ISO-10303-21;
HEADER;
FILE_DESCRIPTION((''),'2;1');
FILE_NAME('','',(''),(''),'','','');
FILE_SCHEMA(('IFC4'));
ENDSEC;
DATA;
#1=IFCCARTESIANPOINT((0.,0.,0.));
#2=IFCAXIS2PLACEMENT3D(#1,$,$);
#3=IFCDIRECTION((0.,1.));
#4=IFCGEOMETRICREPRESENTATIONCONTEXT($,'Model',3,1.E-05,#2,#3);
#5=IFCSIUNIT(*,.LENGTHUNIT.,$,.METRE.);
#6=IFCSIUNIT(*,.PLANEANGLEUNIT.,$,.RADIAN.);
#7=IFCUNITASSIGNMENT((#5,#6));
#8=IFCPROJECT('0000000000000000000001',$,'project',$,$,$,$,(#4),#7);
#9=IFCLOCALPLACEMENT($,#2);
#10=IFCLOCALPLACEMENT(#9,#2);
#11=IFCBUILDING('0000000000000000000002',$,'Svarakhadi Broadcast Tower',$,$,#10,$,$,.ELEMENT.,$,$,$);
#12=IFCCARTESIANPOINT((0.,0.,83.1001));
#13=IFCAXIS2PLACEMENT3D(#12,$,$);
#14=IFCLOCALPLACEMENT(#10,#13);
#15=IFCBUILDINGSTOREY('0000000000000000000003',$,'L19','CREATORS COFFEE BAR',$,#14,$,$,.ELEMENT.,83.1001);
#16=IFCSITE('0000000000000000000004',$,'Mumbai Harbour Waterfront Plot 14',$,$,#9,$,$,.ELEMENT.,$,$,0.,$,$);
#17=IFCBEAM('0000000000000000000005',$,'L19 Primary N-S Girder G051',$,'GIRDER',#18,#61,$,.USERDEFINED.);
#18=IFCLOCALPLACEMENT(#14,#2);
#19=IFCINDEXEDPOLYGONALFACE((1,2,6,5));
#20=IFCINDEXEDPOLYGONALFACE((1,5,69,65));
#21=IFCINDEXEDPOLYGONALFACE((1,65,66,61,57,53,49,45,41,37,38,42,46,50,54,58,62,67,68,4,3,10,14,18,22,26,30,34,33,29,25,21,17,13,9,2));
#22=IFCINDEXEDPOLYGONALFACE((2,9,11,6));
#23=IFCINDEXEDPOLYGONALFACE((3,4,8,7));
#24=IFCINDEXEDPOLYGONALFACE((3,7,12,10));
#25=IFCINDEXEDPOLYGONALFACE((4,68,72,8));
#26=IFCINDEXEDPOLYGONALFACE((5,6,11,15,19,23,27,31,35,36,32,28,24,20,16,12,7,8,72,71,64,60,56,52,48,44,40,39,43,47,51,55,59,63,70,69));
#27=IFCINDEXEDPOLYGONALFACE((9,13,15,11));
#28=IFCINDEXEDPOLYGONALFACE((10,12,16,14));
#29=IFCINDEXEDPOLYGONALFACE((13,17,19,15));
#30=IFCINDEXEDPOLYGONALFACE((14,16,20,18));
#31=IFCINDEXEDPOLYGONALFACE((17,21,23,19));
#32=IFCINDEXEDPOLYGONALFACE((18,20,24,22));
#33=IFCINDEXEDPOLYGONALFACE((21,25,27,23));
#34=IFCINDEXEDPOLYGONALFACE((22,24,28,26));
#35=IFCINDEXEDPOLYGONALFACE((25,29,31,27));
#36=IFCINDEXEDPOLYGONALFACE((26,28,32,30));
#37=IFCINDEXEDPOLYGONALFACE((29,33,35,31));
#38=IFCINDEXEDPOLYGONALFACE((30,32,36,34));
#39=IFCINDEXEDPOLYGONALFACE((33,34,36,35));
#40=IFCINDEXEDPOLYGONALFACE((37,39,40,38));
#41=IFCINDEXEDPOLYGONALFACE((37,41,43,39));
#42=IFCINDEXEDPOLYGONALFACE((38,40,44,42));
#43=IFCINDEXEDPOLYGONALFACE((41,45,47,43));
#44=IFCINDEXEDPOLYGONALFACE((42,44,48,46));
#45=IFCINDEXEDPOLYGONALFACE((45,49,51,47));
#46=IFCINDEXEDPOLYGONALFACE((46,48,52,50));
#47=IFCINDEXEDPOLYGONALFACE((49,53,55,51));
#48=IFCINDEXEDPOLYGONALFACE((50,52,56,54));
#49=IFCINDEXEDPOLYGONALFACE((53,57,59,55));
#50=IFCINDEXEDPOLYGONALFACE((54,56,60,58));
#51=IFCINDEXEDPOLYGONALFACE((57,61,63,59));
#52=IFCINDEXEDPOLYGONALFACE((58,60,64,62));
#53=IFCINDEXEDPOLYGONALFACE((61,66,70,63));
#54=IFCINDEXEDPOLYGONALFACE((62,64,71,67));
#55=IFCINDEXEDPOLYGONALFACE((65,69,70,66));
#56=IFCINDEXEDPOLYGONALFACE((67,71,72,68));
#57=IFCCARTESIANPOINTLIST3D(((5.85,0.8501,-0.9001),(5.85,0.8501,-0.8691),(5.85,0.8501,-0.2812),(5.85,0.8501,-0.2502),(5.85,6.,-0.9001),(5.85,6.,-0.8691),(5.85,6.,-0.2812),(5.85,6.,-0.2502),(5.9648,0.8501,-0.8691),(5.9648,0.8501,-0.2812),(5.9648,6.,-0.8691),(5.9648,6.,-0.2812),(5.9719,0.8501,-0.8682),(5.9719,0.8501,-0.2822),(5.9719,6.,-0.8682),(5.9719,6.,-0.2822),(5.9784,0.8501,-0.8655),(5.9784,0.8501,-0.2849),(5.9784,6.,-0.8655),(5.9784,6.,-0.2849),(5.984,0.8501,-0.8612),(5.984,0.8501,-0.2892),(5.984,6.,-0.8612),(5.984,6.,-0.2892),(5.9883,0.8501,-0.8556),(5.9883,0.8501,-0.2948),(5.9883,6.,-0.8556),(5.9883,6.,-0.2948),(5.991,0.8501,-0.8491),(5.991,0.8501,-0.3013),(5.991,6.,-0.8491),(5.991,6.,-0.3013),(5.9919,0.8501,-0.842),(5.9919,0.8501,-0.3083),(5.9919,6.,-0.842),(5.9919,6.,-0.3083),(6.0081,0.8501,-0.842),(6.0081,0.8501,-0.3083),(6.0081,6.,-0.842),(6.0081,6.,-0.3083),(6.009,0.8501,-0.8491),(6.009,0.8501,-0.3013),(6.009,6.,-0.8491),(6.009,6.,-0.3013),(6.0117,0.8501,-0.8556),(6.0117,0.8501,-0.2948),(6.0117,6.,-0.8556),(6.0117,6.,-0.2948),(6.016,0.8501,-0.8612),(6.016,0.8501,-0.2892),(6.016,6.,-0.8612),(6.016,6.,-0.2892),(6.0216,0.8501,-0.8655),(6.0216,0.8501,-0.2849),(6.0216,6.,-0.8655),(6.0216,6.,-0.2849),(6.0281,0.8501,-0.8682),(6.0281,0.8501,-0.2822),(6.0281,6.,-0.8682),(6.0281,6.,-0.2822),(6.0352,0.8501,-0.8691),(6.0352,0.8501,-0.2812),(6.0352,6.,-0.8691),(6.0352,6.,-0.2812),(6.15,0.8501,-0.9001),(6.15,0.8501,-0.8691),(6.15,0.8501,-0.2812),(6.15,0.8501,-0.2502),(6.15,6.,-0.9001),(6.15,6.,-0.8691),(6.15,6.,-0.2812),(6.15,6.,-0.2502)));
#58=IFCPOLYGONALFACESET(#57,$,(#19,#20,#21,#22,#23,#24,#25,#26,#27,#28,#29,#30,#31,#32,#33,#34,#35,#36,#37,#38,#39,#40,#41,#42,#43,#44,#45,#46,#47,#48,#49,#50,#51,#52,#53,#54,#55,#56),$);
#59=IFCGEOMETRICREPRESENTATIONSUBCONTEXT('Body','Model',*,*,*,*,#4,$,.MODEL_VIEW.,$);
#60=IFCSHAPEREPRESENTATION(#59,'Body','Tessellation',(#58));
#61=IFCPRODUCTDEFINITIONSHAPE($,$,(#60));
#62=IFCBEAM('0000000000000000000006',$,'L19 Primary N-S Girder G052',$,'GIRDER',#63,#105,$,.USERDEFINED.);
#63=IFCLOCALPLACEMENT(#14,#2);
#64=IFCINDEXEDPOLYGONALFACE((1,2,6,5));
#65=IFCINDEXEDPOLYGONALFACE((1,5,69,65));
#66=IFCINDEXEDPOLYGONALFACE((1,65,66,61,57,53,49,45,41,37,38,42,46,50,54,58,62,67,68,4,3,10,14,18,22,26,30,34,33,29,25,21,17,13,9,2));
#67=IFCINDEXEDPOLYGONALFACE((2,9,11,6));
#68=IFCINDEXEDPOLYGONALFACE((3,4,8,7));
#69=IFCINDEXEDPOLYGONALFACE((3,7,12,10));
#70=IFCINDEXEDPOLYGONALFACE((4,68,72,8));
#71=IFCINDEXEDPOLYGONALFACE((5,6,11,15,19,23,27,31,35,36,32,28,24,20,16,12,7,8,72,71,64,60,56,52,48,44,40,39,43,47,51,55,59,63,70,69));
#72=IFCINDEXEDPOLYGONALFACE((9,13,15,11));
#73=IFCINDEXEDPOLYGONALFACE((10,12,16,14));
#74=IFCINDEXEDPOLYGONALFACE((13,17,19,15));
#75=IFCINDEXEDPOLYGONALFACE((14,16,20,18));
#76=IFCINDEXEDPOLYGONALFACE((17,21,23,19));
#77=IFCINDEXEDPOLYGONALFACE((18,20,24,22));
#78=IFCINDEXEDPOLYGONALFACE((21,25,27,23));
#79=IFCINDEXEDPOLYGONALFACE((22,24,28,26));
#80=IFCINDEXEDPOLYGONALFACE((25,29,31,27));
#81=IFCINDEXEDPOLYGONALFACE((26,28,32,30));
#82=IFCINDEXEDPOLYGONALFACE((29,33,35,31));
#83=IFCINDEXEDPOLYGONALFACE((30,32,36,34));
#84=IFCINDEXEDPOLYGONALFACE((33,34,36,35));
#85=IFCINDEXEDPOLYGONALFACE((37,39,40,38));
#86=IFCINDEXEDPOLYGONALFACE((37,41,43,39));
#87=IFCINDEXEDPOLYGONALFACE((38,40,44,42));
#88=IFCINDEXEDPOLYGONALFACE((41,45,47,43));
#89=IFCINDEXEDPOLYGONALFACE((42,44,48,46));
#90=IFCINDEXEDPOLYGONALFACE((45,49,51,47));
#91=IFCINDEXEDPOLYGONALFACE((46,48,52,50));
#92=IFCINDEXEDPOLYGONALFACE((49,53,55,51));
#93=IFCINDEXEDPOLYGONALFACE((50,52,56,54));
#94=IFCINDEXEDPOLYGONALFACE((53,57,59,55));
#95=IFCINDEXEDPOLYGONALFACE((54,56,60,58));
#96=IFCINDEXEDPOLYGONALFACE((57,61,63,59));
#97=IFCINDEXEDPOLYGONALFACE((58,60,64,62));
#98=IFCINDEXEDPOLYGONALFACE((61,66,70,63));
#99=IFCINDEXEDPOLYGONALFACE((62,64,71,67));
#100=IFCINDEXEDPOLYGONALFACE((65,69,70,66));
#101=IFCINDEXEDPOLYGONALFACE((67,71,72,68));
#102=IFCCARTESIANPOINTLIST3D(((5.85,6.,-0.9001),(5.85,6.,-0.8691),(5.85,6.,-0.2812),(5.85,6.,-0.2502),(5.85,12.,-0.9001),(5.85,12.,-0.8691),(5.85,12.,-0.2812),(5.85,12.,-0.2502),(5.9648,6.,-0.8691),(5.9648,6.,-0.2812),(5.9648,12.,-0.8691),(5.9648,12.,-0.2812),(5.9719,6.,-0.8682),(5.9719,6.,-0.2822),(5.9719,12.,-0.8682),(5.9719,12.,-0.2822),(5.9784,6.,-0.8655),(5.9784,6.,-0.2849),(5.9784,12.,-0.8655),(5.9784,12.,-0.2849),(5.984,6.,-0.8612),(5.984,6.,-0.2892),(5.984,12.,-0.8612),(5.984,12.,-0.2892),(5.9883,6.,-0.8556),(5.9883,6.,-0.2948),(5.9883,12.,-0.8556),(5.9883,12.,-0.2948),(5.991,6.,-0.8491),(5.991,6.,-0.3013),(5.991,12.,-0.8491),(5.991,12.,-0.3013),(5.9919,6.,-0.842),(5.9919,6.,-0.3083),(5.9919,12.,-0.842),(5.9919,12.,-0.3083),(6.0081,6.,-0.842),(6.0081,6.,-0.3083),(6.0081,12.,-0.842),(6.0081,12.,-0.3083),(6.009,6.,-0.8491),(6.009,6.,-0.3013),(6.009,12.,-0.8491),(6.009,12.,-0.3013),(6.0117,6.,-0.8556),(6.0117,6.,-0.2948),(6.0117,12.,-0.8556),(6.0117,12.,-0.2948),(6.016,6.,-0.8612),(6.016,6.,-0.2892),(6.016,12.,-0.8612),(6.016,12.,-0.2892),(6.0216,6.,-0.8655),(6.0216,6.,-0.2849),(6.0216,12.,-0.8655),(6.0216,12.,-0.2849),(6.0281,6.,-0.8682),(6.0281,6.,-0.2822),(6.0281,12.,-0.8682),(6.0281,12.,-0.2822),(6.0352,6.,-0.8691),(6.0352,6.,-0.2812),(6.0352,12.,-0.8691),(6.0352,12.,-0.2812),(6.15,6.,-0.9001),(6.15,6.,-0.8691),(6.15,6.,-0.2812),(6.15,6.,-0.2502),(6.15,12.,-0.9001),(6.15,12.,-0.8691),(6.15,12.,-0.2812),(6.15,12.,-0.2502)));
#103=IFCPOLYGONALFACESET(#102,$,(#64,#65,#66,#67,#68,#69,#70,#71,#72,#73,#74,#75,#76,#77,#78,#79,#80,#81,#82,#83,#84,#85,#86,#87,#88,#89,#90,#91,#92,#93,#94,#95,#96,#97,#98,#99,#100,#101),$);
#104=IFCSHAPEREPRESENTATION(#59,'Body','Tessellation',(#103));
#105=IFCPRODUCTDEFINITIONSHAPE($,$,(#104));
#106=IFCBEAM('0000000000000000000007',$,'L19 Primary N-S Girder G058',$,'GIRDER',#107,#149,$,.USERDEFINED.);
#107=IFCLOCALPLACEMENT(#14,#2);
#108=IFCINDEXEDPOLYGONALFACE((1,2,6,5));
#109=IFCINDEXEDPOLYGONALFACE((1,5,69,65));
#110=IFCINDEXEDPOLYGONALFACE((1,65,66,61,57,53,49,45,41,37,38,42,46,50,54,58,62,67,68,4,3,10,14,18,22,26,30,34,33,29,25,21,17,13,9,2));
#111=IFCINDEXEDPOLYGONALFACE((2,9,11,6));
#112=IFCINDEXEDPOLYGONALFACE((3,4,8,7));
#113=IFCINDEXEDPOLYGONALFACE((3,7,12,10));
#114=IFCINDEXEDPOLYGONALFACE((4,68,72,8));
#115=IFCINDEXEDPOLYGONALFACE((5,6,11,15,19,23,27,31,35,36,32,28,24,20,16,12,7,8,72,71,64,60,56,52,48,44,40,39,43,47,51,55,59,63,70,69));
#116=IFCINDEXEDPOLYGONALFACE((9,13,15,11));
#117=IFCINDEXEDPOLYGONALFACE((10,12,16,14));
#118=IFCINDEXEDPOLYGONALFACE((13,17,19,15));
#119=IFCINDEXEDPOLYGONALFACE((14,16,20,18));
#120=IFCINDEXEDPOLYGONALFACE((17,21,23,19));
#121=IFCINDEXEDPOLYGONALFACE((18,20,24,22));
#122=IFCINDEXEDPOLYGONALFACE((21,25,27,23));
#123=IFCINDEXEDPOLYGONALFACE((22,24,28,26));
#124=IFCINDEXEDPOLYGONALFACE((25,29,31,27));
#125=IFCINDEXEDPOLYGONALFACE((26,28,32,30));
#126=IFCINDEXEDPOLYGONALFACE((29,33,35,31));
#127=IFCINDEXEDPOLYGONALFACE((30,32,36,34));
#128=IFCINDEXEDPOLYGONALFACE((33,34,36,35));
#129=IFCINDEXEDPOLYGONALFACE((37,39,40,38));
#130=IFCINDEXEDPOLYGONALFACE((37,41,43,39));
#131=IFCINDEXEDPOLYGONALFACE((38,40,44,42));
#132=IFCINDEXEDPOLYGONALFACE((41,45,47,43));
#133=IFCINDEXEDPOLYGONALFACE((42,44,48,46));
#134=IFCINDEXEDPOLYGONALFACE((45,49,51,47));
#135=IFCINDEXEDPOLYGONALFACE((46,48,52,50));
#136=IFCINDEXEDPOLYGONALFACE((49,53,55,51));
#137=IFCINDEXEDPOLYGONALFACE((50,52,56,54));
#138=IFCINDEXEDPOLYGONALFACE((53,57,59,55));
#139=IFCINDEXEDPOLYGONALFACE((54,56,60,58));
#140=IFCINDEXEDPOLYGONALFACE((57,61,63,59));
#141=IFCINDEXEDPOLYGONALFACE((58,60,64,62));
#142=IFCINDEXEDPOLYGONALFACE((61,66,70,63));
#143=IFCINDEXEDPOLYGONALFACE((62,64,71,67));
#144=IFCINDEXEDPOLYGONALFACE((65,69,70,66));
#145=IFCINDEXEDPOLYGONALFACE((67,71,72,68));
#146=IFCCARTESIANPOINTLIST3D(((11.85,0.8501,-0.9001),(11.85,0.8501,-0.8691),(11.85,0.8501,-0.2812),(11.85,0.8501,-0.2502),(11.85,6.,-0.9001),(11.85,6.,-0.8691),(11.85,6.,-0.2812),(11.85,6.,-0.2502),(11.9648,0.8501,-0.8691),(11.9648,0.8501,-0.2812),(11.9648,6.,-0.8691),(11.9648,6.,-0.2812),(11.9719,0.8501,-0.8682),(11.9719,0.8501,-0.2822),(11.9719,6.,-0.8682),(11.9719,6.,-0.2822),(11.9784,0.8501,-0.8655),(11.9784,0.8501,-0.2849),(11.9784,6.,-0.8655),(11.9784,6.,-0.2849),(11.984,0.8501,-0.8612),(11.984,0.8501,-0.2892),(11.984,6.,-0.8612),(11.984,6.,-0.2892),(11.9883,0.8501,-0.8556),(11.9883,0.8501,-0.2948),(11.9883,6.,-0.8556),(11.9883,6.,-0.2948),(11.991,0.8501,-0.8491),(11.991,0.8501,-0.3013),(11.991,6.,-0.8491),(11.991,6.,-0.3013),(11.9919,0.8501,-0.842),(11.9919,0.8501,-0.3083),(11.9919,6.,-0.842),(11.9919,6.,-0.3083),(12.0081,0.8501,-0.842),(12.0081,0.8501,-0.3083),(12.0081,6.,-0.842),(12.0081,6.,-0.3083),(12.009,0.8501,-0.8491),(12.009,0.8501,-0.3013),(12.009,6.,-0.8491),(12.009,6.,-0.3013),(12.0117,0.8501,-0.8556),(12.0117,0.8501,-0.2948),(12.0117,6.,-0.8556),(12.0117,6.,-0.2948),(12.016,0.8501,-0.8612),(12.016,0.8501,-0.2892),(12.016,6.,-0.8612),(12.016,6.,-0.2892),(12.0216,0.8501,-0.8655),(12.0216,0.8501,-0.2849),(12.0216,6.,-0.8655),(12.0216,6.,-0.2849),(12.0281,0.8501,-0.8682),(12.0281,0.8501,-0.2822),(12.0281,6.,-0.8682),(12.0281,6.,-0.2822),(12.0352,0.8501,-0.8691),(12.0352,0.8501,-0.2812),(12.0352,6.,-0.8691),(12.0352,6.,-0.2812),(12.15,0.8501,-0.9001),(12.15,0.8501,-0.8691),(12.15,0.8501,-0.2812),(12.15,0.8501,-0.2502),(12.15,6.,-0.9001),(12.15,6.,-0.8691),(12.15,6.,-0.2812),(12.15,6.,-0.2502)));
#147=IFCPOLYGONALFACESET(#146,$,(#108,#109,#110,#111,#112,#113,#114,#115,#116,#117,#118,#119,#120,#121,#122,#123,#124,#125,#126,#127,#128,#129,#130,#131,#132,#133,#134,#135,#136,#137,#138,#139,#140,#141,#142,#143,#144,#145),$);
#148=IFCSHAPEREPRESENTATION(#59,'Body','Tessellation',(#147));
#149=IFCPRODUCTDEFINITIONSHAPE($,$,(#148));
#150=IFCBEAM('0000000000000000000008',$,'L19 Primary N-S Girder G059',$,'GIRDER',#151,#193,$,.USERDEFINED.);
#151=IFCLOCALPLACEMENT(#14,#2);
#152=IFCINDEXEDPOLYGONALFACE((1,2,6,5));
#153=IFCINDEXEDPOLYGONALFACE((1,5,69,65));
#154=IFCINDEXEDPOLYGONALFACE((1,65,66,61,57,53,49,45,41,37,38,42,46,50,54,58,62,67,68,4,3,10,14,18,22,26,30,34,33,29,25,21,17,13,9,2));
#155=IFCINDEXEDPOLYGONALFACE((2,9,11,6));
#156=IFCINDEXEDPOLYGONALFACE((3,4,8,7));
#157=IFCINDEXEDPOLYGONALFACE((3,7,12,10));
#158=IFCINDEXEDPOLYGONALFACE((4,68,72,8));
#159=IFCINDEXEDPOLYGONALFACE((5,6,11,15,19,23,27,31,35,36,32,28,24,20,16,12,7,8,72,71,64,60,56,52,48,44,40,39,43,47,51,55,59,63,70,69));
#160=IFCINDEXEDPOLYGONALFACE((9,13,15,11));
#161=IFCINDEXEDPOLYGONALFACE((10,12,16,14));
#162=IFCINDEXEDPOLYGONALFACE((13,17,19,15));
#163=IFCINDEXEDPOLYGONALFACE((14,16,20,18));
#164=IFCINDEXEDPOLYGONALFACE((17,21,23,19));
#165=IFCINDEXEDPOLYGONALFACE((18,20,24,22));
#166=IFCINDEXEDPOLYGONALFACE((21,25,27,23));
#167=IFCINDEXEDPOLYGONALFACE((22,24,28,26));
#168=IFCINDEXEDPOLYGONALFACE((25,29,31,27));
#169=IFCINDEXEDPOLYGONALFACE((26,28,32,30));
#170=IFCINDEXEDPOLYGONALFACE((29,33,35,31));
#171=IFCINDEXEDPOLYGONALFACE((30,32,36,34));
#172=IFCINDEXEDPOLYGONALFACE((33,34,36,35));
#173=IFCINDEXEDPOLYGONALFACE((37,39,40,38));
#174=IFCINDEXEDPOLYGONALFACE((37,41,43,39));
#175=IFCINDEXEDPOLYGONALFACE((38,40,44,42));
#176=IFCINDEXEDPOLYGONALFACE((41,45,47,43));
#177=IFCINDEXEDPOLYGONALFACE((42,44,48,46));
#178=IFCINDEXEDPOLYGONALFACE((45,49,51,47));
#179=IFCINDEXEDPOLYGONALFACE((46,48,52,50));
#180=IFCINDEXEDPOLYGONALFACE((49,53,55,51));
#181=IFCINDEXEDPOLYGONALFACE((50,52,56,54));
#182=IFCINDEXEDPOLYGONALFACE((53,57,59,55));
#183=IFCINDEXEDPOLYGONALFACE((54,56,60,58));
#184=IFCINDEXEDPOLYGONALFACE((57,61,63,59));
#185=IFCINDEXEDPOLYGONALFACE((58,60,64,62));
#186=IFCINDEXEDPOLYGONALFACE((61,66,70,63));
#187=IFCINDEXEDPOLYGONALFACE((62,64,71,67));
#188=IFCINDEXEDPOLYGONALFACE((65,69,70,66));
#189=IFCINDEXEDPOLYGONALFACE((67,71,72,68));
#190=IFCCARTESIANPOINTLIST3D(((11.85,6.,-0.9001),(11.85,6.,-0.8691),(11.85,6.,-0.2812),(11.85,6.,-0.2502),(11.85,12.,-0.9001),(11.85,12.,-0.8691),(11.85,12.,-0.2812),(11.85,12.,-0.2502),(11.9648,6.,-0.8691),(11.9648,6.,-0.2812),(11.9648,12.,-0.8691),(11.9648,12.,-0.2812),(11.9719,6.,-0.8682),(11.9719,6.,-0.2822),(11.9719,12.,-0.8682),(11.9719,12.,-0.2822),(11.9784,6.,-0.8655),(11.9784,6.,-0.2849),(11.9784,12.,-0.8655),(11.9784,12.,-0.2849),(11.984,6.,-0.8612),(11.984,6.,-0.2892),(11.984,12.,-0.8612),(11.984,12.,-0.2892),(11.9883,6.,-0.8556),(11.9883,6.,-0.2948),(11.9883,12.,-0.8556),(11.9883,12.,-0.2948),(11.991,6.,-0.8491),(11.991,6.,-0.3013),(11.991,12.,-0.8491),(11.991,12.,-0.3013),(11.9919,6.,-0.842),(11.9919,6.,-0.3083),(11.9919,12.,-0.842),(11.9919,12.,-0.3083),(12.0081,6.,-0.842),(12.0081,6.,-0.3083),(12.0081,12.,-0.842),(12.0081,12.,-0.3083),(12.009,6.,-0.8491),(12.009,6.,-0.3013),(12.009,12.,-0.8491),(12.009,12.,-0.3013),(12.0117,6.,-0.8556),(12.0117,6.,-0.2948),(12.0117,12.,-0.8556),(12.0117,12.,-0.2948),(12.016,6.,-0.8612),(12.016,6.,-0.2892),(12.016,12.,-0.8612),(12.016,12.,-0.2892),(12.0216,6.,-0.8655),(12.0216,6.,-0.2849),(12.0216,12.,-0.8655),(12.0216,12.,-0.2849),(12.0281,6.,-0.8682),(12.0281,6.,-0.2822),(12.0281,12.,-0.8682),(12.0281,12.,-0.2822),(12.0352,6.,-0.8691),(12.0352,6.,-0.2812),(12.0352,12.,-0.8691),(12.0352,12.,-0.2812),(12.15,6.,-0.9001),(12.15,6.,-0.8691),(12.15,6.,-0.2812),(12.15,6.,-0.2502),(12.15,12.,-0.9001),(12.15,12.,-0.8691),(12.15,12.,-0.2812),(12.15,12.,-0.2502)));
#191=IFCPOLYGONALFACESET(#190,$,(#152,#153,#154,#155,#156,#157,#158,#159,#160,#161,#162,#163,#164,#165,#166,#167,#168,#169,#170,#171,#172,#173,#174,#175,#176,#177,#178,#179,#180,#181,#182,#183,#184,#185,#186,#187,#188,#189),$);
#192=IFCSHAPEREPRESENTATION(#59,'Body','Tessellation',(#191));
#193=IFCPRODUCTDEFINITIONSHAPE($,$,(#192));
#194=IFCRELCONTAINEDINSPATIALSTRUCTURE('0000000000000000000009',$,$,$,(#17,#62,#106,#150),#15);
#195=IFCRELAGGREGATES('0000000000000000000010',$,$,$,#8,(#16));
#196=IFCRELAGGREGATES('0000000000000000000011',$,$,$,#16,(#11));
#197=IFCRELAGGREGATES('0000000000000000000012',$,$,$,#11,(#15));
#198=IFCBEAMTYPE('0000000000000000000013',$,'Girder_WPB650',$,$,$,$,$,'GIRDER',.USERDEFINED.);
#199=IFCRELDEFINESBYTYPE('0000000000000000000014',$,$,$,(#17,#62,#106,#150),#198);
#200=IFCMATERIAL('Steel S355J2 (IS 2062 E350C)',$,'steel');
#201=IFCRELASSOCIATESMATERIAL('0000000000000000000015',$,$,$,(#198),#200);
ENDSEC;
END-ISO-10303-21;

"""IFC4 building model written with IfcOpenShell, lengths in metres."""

from ifc_helpers import new_model, si_unit, direction, frame, origin, origin_2d, place, context, subcontext, project, spatial, i_section, extrude, material, material_profile, profile_set, type_object, element, save


model = new_model("IFC4")

# Units and contexts
model_context = context("Model", 3, precision=1e-05, world=origin(), true_north=direction((0.0, 1.0)))
body_context = subcontext(model_context, "Body", "Model", "MODEL_VIEW")
ifc_project = project(units=[si_unit("LENGTHUNIT", "METRE"), si_unit("PLANEANGLEUNIT", "RADIAN")], contexts=[model_context])

# Site, building, storey
site_placement = place(None, origin())
site = spatial("IfcSite", under=ifc_project, at=site_placement, Name="Mumbai Harbour Waterfront Plot 14", CompositionType="ELEMENT", RefElevation=0.0)
building_placement = place(site_placement, origin())
building = spatial("IfcBuilding", under=site, at=building_placement, Name="Svarakhadi Broadcast Tower", CompositionType="ELEMENT")
storey_placement = place(building_placement, frame((0.0, 0.0, 83.1001)))
storey = spatial("IfcBuildingStorey", under=building, at=storey_placement, Name="L19", Description="CREATORS COFFEE BAR", CompositionType="ELEMENT", Elevation=83.1001)

# Shared definitions
ifc_material_1 = material(Name="Steel S355J2 (IS 2062 E350C)", Category="steel")

# Beams
ifc_material_profile_1 = material_profile(ifc_material_1, i_section(OverallWidth=0.3, OverallDepth=0.6499, WebThickness=0.0161, FlangeThickness=0.031, FilletRadius=0.0271, at=origin_2d()), Name="WPB 650x300x225")
ifc_profile_set_1 = profile_set([ifc_material_profile_1], Name="Steel S355J2 (IS 2062 E350C)")
beam_type_1 = type_object("IfcBeamType", Name="Girder_WPB650", ElementType="GIRDER", PredefinedType="USERDEFINED", material=ifc_profile_set_1)
beam_1_placement = place(storey_placement, frame((6.0, 0.8501, -0.5752), z_axis=(0.0, 1.0, 0.0), x_axis=(-1.0, 0.0, 0.0)))
element("IfcBeam", 1, at=beam_1_placement, inside=storey, type_object=beam_type_1, Name="L19 Primary N-S Girder G051", ObjectType="GIRDER", PredefinedType="USERDEFINED", context=body_context, shape_type="SweptSolid", body=[
    extrude(i_section(OverallWidth=0.3, OverallDepth=0.6499, WebThickness=0.0161, FlangeThickness=0.031, FilletRadius=0.0271, at=origin_2d()), origin(), (0.0, 0.0, 1.0), 5.1499),
])
beam_2_placement = place(storey_placement, frame((6.0, 6.0, -0.5752), z_axis=(0.0, 1.0, 0.0), x_axis=(-1.0, 0.0, 0.0)))
element("IfcBeam", 2, at=beam_2_placement, inside=storey, type_object=beam_type_1, Name="L19 Primary N-S Girder G052", ObjectType="GIRDER", PredefinedType="USERDEFINED", context=body_context, shape_type="SweptSolid", body=[
    extrude(i_section(OverallWidth=0.3, OverallDepth=0.6499, WebThickness=0.0161, FlangeThickness=0.031, FilletRadius=0.0271, at=origin_2d()), origin(), (0.0, 0.0, 1.0), 6.0),
])
beam_3_placement = place(storey_placement, frame((12.0, 0.8501, -0.5752), z_axis=(0.0, 1.0, 0.0), x_axis=(-1.0, 0.0, 0.0)))
element("IfcBeam", 3, at=beam_3_placement, inside=storey, type_object=beam_type_1, Name="L19 Primary N-S Girder G058", ObjectType="GIRDER", PredefinedType="USERDEFINED", context=body_context, shape_type="SweptSolid", body=[
    extrude(i_section(OverallWidth=0.3, OverallDepth=0.6499, WebThickness=0.0161, FlangeThickness=0.031, FilletRadius=0.0271, at=origin_2d()), origin(), (0.0, 0.0, 1.0), 5.1499),
])
beam_4_placement = place(storey_placement, frame((12.0, 6.0, -0.5752), z_axis=(0.0, 1.0, 0.0), x_axis=(-1.0, 0.0, 0.0)))
element("IfcBeam", 4, at=beam_4_placement, inside=storey, type_object=beam_type_1, Name="L19 Primary N-S Girder G059", ObjectType="GIRDER", PredefinedType="USERDEFINED", context=body_context, shape_type="SweptSolid", body=[
    extrude(i_section(OverallWidth=0.3, OverallDepth=0.6499, WebThickness=0.0161, FlangeThickness=0.031, FilletRadius=0.0271, at=origin_2d()), origin(), (0.0, 0.0, 1.0), 6.0),
])

save(model, "model.ifc")
